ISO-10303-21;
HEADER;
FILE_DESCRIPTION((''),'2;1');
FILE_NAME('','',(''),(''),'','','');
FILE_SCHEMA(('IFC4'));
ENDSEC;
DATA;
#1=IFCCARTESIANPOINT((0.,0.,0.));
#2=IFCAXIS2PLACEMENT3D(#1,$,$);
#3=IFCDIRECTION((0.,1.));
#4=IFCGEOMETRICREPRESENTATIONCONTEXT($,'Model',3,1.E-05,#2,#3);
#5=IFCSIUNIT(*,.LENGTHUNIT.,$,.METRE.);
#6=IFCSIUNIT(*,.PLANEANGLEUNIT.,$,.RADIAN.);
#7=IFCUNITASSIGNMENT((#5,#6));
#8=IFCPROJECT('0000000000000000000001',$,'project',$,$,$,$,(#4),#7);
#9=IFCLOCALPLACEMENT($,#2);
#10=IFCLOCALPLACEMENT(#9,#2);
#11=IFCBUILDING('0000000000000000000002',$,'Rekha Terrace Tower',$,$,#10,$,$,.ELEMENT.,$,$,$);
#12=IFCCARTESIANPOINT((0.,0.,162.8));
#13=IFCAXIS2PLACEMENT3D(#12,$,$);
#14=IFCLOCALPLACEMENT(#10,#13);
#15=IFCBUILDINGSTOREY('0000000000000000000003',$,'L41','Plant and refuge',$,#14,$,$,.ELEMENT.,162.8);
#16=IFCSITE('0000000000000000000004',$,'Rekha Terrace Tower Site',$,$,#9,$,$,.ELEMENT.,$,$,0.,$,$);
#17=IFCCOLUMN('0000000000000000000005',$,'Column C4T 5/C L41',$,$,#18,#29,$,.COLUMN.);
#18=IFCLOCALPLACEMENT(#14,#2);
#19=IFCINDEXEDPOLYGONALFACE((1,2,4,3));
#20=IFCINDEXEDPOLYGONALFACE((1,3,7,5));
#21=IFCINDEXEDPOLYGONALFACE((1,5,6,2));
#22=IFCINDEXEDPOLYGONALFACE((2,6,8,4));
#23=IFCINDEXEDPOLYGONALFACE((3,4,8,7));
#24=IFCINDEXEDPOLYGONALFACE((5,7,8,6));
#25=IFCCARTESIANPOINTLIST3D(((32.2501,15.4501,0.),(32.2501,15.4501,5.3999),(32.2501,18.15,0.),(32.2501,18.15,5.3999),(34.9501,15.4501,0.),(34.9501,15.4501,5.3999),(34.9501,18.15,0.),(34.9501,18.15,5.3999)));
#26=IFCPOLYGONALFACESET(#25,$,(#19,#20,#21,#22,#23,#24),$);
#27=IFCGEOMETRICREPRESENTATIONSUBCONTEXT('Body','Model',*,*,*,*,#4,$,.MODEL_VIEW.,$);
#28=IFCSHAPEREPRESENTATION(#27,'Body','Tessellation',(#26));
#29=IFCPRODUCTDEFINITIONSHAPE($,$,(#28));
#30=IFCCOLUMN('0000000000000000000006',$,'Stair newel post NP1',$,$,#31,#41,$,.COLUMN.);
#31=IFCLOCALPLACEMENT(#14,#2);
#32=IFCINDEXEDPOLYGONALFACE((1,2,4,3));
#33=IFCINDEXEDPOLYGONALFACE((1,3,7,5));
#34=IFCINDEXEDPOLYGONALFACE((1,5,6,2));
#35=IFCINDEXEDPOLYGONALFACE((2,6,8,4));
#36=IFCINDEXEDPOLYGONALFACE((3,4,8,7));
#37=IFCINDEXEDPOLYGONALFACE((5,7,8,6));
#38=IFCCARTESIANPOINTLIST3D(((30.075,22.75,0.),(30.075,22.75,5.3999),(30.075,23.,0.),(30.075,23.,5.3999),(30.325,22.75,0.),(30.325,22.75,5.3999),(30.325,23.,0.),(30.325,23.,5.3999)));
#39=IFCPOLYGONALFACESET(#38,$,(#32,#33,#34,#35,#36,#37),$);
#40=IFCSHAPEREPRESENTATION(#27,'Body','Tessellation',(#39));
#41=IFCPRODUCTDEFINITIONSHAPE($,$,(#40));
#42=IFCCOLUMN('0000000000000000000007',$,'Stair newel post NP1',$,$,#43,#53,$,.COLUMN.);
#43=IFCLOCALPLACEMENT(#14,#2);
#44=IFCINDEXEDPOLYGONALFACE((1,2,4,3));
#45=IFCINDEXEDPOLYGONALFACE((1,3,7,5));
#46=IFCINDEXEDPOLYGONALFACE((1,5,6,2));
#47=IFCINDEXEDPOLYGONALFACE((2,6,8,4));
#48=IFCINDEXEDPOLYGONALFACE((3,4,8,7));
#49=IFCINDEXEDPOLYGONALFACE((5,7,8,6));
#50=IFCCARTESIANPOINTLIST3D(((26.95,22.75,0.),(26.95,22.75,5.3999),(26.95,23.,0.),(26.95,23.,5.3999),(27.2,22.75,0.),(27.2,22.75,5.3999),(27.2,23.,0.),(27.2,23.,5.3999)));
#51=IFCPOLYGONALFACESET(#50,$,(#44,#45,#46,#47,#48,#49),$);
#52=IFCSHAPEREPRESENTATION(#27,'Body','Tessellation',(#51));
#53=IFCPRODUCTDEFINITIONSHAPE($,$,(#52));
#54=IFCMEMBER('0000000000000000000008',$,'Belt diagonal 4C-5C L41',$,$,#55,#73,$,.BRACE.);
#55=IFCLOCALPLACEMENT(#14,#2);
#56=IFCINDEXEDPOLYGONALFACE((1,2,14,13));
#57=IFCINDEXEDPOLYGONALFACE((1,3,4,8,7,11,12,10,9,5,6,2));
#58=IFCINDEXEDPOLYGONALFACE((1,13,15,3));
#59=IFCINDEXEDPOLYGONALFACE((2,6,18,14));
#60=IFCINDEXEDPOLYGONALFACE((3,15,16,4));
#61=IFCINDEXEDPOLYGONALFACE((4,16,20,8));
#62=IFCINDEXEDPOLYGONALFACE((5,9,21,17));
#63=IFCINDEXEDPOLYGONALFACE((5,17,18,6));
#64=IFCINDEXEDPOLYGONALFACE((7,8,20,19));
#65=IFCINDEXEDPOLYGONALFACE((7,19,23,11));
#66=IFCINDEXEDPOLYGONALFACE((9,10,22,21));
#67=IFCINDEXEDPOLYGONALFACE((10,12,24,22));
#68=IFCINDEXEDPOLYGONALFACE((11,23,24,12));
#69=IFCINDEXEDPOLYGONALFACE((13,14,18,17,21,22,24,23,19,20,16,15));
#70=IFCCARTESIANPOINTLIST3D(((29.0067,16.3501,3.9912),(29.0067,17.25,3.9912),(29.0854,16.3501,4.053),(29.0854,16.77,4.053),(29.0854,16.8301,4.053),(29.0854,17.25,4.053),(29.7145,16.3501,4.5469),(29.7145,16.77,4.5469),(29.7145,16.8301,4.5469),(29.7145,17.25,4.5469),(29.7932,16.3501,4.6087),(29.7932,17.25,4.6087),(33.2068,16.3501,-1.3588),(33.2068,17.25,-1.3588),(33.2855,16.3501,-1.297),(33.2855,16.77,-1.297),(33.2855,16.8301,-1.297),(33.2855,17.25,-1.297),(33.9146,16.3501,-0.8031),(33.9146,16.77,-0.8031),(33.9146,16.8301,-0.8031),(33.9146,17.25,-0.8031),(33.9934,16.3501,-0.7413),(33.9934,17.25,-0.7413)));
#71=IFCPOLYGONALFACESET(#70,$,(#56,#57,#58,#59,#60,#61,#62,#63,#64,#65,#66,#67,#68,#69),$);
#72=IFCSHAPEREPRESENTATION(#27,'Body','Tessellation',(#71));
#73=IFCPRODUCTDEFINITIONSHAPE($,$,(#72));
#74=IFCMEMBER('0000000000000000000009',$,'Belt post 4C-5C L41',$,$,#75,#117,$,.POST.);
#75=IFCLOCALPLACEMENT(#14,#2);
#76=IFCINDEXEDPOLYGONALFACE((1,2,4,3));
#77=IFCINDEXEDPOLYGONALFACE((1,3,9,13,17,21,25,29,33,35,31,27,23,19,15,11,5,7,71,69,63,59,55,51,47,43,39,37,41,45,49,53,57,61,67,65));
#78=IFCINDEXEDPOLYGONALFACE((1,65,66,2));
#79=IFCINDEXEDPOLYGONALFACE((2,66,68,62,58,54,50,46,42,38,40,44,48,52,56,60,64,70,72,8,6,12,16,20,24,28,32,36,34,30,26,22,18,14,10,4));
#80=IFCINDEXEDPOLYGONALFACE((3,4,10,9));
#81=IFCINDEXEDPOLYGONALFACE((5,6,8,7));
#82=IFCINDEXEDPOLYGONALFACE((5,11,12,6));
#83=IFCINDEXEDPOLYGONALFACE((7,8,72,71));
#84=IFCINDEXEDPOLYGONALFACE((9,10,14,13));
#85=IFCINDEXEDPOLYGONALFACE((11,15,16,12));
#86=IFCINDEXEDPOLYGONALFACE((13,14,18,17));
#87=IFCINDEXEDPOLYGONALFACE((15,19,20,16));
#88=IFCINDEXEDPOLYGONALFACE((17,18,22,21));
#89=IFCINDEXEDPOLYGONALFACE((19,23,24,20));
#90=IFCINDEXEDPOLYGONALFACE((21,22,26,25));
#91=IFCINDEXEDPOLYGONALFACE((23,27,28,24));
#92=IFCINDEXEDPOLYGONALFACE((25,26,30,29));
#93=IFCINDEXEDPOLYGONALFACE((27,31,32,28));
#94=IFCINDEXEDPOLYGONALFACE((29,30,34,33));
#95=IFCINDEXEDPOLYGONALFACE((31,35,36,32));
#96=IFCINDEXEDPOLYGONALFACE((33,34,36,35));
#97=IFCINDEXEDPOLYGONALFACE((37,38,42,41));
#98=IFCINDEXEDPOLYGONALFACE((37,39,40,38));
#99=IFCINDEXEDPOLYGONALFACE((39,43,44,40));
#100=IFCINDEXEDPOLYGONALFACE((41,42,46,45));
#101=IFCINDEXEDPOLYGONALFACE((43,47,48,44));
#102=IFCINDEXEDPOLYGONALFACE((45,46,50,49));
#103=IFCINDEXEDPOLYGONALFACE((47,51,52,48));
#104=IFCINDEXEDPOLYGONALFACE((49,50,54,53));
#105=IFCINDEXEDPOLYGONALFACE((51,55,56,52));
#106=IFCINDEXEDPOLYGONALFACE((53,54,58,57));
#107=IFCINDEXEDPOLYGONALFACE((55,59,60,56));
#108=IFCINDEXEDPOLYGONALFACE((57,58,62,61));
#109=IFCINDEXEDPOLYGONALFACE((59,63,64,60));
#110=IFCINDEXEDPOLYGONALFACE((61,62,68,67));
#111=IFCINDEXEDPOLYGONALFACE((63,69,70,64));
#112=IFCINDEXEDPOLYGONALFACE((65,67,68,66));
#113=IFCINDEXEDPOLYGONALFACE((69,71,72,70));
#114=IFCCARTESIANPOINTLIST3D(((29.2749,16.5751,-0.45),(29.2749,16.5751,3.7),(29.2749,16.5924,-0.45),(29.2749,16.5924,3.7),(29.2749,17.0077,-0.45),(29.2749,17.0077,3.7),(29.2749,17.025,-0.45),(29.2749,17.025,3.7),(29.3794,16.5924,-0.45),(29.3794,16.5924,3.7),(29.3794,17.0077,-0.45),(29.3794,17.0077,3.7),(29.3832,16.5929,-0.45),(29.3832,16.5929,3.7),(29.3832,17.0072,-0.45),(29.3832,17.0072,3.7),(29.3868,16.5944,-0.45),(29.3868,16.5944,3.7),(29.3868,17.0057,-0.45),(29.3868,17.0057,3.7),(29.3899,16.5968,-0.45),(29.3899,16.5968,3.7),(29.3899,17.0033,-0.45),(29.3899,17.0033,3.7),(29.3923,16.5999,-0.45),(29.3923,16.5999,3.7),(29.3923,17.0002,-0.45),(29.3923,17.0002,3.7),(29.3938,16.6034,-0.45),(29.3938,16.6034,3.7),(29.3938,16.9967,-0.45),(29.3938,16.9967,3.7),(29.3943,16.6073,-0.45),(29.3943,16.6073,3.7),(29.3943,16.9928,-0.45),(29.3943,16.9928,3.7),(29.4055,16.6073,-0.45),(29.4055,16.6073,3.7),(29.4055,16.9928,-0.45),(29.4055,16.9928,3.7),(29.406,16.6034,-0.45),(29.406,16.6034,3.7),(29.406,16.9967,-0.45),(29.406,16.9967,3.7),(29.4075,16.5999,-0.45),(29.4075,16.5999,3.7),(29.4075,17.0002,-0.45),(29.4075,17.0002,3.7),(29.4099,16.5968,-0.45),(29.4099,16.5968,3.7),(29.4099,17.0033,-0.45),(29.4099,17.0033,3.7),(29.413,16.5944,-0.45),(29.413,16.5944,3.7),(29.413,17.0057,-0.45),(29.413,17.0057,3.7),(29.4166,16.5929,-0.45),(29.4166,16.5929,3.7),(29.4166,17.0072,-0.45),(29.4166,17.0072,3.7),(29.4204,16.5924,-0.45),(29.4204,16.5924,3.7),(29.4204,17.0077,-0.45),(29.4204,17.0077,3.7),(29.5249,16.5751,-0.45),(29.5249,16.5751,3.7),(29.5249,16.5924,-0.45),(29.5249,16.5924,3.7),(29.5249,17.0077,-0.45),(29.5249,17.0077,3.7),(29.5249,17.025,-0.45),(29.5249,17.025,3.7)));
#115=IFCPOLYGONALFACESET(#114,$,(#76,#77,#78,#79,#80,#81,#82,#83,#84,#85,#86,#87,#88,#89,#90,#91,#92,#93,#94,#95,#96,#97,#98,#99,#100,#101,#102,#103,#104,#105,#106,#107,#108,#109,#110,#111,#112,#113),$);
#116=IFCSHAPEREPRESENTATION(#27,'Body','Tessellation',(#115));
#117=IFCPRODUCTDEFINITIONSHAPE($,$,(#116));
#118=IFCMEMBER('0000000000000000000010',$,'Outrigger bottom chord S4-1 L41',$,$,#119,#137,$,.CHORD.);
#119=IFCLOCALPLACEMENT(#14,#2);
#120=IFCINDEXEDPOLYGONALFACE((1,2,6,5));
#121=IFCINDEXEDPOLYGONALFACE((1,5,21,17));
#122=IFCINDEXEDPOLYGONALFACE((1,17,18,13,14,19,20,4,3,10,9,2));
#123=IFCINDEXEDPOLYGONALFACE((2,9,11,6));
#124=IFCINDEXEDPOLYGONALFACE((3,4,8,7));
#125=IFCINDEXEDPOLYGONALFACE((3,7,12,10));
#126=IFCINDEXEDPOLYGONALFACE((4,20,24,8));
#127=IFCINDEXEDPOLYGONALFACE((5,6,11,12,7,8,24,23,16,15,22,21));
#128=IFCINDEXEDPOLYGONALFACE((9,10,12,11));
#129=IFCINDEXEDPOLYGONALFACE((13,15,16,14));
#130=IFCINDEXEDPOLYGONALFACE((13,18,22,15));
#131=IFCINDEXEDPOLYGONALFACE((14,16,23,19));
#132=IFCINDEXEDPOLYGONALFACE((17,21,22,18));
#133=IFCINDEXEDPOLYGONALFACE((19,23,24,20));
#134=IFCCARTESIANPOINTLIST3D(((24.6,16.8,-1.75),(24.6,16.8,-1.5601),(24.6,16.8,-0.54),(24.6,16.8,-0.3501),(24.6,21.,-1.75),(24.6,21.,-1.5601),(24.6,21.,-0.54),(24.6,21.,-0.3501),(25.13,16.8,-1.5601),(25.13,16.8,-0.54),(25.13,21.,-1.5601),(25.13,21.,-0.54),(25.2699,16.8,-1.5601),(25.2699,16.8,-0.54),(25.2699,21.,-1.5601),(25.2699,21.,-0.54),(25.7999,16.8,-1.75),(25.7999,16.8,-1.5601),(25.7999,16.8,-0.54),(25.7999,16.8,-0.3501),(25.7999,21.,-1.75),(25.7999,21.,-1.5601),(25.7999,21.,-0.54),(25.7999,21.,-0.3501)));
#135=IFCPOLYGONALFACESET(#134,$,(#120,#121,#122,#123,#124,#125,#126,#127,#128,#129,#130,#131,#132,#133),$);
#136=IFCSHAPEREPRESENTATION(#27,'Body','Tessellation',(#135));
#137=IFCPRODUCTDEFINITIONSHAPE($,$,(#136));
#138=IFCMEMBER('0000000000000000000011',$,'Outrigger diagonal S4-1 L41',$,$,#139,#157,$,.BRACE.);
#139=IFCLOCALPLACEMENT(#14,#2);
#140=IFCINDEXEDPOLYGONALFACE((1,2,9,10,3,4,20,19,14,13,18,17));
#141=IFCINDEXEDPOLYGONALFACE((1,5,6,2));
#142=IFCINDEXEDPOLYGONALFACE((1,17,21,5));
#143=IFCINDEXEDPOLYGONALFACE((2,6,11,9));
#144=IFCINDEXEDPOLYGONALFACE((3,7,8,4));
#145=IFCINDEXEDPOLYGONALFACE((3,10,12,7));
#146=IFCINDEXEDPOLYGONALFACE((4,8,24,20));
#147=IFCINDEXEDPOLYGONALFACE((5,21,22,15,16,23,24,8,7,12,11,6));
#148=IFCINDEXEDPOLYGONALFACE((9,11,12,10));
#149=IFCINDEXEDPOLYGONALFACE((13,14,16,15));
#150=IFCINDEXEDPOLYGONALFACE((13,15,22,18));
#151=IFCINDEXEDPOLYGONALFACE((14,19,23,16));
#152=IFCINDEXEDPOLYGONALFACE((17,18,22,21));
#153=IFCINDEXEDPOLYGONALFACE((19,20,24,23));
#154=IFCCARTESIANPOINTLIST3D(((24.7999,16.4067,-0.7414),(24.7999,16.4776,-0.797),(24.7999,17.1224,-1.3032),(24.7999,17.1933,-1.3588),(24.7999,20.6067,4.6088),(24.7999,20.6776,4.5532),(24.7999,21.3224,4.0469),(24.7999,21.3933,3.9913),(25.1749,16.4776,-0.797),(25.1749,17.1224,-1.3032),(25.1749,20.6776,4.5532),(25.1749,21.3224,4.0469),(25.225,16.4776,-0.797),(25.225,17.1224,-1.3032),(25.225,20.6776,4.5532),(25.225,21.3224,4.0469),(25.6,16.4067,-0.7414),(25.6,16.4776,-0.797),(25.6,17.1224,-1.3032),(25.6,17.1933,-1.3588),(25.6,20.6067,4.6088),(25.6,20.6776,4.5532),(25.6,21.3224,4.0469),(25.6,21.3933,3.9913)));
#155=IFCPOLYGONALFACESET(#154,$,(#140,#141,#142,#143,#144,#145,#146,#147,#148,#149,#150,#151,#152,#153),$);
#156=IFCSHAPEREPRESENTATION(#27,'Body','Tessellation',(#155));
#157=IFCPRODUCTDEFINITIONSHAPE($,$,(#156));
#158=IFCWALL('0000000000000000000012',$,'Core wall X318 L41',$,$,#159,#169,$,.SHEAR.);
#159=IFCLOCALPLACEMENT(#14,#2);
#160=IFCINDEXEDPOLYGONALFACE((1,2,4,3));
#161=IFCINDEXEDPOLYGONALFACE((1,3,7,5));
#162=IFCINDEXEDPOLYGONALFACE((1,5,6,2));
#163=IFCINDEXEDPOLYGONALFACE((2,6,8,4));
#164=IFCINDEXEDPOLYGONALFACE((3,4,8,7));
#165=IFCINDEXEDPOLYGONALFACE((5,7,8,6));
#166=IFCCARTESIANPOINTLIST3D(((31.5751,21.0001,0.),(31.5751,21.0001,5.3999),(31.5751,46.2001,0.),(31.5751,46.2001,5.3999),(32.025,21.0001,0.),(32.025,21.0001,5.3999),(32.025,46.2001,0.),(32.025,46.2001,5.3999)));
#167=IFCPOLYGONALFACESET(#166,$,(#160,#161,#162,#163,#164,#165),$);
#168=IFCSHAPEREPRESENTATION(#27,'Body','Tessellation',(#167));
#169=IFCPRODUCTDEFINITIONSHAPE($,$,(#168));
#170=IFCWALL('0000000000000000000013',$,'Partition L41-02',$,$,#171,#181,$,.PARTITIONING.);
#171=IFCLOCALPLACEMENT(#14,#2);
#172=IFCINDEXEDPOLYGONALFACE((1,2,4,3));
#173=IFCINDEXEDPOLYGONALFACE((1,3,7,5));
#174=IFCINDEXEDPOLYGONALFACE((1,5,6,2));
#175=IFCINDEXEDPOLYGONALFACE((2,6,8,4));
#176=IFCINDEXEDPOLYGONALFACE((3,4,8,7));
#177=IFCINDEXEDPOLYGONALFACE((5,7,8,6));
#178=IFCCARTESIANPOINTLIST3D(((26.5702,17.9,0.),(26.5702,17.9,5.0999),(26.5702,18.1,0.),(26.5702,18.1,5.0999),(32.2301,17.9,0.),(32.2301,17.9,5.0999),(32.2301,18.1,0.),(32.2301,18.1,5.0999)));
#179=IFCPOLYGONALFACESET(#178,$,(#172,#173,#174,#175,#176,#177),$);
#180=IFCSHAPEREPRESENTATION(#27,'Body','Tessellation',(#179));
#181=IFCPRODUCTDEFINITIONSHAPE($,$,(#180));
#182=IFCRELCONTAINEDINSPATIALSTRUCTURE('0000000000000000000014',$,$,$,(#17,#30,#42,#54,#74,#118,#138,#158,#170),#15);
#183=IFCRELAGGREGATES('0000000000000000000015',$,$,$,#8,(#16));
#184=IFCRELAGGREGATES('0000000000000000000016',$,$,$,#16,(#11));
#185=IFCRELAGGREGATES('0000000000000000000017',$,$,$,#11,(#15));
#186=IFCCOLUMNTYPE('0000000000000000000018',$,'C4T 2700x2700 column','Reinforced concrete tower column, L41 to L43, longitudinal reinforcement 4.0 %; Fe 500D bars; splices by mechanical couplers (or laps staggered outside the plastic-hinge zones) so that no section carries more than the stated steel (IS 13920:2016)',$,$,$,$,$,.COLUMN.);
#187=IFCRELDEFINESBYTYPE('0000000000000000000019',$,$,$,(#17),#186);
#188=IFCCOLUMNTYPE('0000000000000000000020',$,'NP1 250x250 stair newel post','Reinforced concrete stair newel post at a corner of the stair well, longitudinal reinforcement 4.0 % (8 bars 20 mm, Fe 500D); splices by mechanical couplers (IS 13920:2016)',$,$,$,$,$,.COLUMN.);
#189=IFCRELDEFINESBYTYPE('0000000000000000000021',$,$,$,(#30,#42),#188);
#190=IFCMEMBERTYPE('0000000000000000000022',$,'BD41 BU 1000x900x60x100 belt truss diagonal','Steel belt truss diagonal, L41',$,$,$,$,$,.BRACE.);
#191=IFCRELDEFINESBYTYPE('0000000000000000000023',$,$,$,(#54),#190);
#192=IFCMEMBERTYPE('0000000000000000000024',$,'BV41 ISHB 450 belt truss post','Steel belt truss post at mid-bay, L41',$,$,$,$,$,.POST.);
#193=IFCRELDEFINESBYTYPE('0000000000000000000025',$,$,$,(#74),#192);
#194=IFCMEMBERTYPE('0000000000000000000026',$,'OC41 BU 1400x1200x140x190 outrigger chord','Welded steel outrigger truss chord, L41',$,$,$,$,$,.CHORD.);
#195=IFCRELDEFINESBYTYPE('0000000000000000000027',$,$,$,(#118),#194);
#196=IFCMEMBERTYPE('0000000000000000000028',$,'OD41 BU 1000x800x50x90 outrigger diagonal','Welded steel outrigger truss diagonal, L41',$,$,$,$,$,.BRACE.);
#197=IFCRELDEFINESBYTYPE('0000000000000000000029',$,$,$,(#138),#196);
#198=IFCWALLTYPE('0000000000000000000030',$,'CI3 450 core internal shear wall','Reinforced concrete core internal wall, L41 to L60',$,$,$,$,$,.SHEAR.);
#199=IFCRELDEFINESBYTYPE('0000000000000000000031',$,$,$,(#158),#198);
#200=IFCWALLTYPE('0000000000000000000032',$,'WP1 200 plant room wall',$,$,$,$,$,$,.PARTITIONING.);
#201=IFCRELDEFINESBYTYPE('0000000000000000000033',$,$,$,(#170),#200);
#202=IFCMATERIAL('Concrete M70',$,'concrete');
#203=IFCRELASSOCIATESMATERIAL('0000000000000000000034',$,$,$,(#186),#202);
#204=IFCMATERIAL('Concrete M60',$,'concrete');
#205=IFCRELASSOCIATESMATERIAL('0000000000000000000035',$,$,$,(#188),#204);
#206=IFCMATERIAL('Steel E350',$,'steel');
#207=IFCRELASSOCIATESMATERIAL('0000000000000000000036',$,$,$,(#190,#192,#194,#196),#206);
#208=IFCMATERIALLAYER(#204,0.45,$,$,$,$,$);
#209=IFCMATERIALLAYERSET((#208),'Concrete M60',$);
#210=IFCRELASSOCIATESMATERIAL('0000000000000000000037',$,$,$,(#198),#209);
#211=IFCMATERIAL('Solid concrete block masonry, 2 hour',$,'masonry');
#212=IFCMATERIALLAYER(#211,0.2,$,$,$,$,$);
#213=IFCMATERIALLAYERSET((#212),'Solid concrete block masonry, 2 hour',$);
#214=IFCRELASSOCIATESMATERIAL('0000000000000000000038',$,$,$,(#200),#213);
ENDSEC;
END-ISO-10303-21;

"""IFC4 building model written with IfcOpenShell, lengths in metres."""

from ifc_helpers import new_model, si_unit, direction, frame, frame_2d, origin, origin_2d, place, context, subcontext, project, spatial, rectangle, i_section, extrude, material, layer, layer_set, material_profile, profile_set, type_object, element, save


model = new_model("IFC4")

# Units and contexts
model_context = context("Model", 3, precision=1e-05, world=origin(), true_north=direction((0.0, 1.0)))
body_context = subcontext(model_context, "Body", "Model", "MODEL_VIEW")
ifc_project = project(units=[si_unit("LENGTHUNIT", "METRE"), si_unit("PLANEANGLEUNIT", "RADIAN")], contexts=[model_context])

# Site, building, storey
site_placement = place(None, origin())
site = spatial("IfcSite", under=ifc_project, at=site_placement, Name="Rekha Terrace Tower Site", CompositionType="ELEMENT", RefElevation=0.0)
building_placement = place(site_placement, origin())
building = spatial("IfcBuilding", under=site, at=building_placement, Name="Rekha Terrace Tower", CompositionType="ELEMENT")
storey_placement = place(building_placement, frame((0.0, 0.0, 162.8)))
storey = spatial("IfcBuildingStorey", under=building, at=storey_placement, Name="L41", Description="Plant and refuge", CompositionType="ELEMENT", Elevation=162.8)

# Columns
ifc_material_1 = material(Name="Concrete M70", Category="concrete")
ifc_material_profile_1 = material_profile(ifc_material_1, rectangle(XDim=2.7, YDim=2.7, at=origin_2d()), Name="RC 2700x2700")
ifc_profile_set_1 = profile_set([ifc_material_profile_1], Name="Concrete M70")
column_type_1 = type_object("IfcColumnType", Name="C4T 2700x2700 column", Description="Reinforced concrete tower column, L41 to L43, longitudinal reinforcement 4.0 %; Fe 500D bars; splices by mechanical couplers (or laps staggered outside the plastic-hinge zones) so that no section carries more than the stated steel (IS 13920:2016)", PredefinedType="COLUMN", material=ifc_profile_set_1)
column_placement = place(storey_placement, frame((33.6001, 16.8, 0.0), z_axis=(0.0, 0.0, 1.0), x_axis=(1.0, 0.0, 0.0)))
element("IfcColumn", 1, at=column_placement, inside=storey, type_object=column_type_1, Name="Column C4T 5/C L41", PredefinedType="COLUMN", context=body_context, shape_type="SweptSolid", body=[
    extrude(rectangle(XDim=2.7, YDim=2.7, at=origin_2d()), origin(), (0.0, 0.0, 1.0), 5.3999),
])
ifc_material_2 = material(Name="Concrete M60", Category="concrete")
ifc_material_profile_2 = material_profile(ifc_material_2, rectangle(XDim=0.25, YDim=0.25, at=origin_2d()), Name="RC 250x250")
ifc_profile_set_2 = profile_set([ifc_material_profile_2], Name="Concrete M60")
column_type_2 = type_object("IfcColumnType", Name="NP1 250x250 stair newel post", Description="Reinforced concrete stair newel post at a corner of the stair well, longitudinal reinforcement 4.0 % (8 bars 20 mm, Fe 500D); splices by mechanical couplers (IS 13920:2016)", PredefinedType="COLUMN", material=ifc_profile_set_2)
for number, where, z_axis, x_axis, name in (
    (2, (30.2, 22.875, 0.0), (0.0, 0.0, 1.0), (1.0, 0.0, 0.0), "Stair newel post NP1"),
    (3, (27.075, 22.875, 0.0), (0.0, 0.0, 1.0), (1.0, 0.0, 0.0), "Stair newel post NP1"),
):
    element("IfcColumn", number, at=place(storey_placement, frame(where, z_axis=z_axis, x_axis=x_axis)), inside=storey, type_object=column_type_2, Name=name, PredefinedType="COLUMN", context=body_context, shape_type="SweptSolid", body=[
        extrude(rectangle(XDim=0.25, YDim=0.25, at=origin_2d()), origin(), (0.0, 0.0, 1.0), 5.3999),
    ])

# Members
ifc_material_3 = material(Name="Steel E350", Category="steel")
ifc_material_profile_3 = material_profile(ifc_material_3, i_section(OverallWidth=0.8999, OverallDepth=1.0, WebThickness=0.0601, FlangeThickness=0.1001, at=origin_2d()), Name="BU 1000x900x60x100")
ifc_profile_set_3 = profile_set([ifc_material_profile_3], Name="Steel E350")
member_type_1 = type_object("IfcMemberType", Name="BD41 BU 1000x900x60x100 belt truss diagonal", Description="Steel belt truss diagonal, L41", PredefinedType="BRACE", material=ifc_profile_set_3)
member_1_placement = place(storey_placement, frame((33.6001, 16.8, -1.05), z_axis=(-0.617508, 0.0, 0.786565), x_axis=(0.0, -1.0, 0.0)))
element("IfcMember", 4, at=member_1_placement, inside=storey, type_object=member_type_1, Name="Belt diagonal 4C-5C L41", PredefinedType="BRACE", context=body_context, shape_type="SweptSolid", body=[
    extrude(i_section(OverallWidth=0.8999, OverallDepth=1.0, WebThickness=0.0601, FlangeThickness=0.1001, at=origin_2d()), origin(), (0.0, 0.0, 1.0), 6.8018),
])
ifc_material_profile_4 = material_profile(ifc_material_3, i_section(OverallWidth=0.25, OverallDepth=0.45, WebThickness=0.0112, FlangeThickness=0.0173, FilletRadius=0.0149, at=origin_2d()), Name="ISHB 450")
ifc_profile_set_4 = profile_set([ifc_material_profile_4], Name="Steel E350")
member_type_2 = type_object("IfcMemberType", Name="BV41 ISHB 450 belt truss post", Description="Steel belt truss post at mid-bay, L41", PredefinedType="POST", material=ifc_profile_set_4)
member_2_placement = place(storey_placement, frame((29.3999, 16.8, -0.45), z_axis=(0.0, 0.0, 1.0), x_axis=(1.0, 0.0, 0.0)))
element("IfcMember", 5, at=member_2_placement, inside=storey, type_object=member_type_2, Name="Belt post 4C-5C L41", PredefinedType="POST", context=body_context, shape_type="SweptSolid", body=[
    extrude(i_section(OverallWidth=0.25, OverallDepth=0.45, WebThickness=0.0112, FlangeThickness=0.0173, FilletRadius=0.0149, at=origin_2d()), origin(), (0.0, 0.0, 1.0), 4.1499),
])
ifc_material_profile_5 = material_profile(ifc_material_3, i_section(OverallWidth=1.2, OverallDepth=1.3999, WebThickness=0.1399, FlangeThickness=0.1899, at=origin_2d()), Name="BU 1400x1200x140x190")
ifc_profile_set_5 = profile_set([ifc_material_profile_5], Name="Steel E350")
member_type_3 = type_object("IfcMemberType", Name="OC41 BU 1400x1200x140x190 outrigger chord", Description="Welded steel outrigger truss chord, L41", PredefinedType="CHORD", material=ifc_profile_set_5)
member_3_placement = place(storey_placement, frame((25.2, 21.0, -1.05), z_axis=(0.0, -1.0, 0.0), x_axis=(1.0, 0.0, 0.0)))
element("IfcMember", 6, at=member_3_placement, inside=storey, type_object=member_type_3, Name="Outrigger bottom chord S4-1 L41", PredefinedType="CHORD", context=body_context, shape_type="SweptSolid", body=[
    extrude(i_section(OverallWidth=1.2, OverallDepth=1.3999, WebThickness=0.1399, FlangeThickness=0.1899, at=origin_2d()), origin(), (0.0, 0.0, 1.0), 4.2),
])
ifc_material_profile_6 = material_profile(ifc_material_3, i_section(OverallWidth=0.8, OverallDepth=1.0, WebThickness=0.05, FlangeThickness=0.0901, at=origin_2d()), Name="BU 1000x800x50x90")
ifc_profile_set_6 = profile_set([ifc_material_profile_6], Name="Steel E350")
member_type_4 = type_object("IfcMemberType", Name="OD41 BU 1000x800x50x90 outrigger diagonal", Description="Welded steel outrigger truss diagonal, L41", PredefinedType="BRACE", material=ifc_profile_set_6)
member_4_placement = place(storey_placement, frame((25.2, 21.0, 4.3), z_axis=(0.0, -0.617485, -0.786582), x_axis=(1.0, 0.0, 0.0)))
element("IfcMember", 7, at=member_4_placement, inside=storey, type_object=member_type_4, Name="Outrigger diagonal S4-1 L41", PredefinedType="BRACE", context=body_context, shape_type="SweptSolid", body=[
    extrude(i_section(OverallWidth=0.8, OverallDepth=1.0, WebThickness=0.05, FlangeThickness=0.0901, at=origin_2d()), origin(), (0.0, 0.0, 1.0), 6.8018),
])

# Wall
ifc_layer_1 = layer(ifc_material_2, 0.45)
ifc_layer_set_1 = layer_set([ifc_layer_1], Name="Concrete M60")
wall_type_1 = type_object("IfcWallType", Name="CI3 450 core internal shear wall", Description="Reinforced concrete core internal wall, L41 to L60", PredefinedType="SHEAR", material=ifc_layer_set_1)
wall_1_placement = place(storey_placement, frame((31.8, 21.0, 0.0), z_axis=(0.0, 0.0, 1.0), x_axis=(0.0, 1.0, 0.0)))
element("IfcWall", 8, at=wall_1_placement, inside=storey, type_object=wall_type_1, Name="Core wall X318 L41", PredefinedType="SHEAR", context=body_context, shape_type="SweptSolid", body=[
    extrude(rectangle(XDim=25.2, YDim=0.45, at=frame_2d((12.6001, 0.0))), origin(), (0.0, 0.0, 1.0), 5.3999),
])

# Wall
ifc_material_4 = material(Name="Solid concrete block masonry, 2 hour", Category="masonry")
ifc_layer_2 = layer(ifc_material_4, 0.2)
ifc_layer_set_2 = layer_set([ifc_layer_2], Name="Solid concrete block masonry, 2 hour")
wall_type_2 = type_object("IfcWallType", Name="WP1 200 plant room wall", PredefinedType="PARTITIONING", material=ifc_layer_set_2)
wall_2_placement = place(storey_placement, frame((26.5701, 18.0, 0.0), z_axis=(0.0, 0.0, 1.0), x_axis=(1.0, 0.0, 0.0)))
element("IfcWall", 9, at=wall_2_placement, inside=storey, type_object=wall_type_2, Name="Partition L41-02", PredefinedType="PARTITIONING", context=body_context, shape_type="SweptSolid", body=[
    extrude(rectangle(XDim=5.6599, YDim=0.2, at=frame_2d((2.8301, 0.0))), origin(), (0.0, 0.0, 1.0), 5.0999),
])

save(model, "model.ifc")
